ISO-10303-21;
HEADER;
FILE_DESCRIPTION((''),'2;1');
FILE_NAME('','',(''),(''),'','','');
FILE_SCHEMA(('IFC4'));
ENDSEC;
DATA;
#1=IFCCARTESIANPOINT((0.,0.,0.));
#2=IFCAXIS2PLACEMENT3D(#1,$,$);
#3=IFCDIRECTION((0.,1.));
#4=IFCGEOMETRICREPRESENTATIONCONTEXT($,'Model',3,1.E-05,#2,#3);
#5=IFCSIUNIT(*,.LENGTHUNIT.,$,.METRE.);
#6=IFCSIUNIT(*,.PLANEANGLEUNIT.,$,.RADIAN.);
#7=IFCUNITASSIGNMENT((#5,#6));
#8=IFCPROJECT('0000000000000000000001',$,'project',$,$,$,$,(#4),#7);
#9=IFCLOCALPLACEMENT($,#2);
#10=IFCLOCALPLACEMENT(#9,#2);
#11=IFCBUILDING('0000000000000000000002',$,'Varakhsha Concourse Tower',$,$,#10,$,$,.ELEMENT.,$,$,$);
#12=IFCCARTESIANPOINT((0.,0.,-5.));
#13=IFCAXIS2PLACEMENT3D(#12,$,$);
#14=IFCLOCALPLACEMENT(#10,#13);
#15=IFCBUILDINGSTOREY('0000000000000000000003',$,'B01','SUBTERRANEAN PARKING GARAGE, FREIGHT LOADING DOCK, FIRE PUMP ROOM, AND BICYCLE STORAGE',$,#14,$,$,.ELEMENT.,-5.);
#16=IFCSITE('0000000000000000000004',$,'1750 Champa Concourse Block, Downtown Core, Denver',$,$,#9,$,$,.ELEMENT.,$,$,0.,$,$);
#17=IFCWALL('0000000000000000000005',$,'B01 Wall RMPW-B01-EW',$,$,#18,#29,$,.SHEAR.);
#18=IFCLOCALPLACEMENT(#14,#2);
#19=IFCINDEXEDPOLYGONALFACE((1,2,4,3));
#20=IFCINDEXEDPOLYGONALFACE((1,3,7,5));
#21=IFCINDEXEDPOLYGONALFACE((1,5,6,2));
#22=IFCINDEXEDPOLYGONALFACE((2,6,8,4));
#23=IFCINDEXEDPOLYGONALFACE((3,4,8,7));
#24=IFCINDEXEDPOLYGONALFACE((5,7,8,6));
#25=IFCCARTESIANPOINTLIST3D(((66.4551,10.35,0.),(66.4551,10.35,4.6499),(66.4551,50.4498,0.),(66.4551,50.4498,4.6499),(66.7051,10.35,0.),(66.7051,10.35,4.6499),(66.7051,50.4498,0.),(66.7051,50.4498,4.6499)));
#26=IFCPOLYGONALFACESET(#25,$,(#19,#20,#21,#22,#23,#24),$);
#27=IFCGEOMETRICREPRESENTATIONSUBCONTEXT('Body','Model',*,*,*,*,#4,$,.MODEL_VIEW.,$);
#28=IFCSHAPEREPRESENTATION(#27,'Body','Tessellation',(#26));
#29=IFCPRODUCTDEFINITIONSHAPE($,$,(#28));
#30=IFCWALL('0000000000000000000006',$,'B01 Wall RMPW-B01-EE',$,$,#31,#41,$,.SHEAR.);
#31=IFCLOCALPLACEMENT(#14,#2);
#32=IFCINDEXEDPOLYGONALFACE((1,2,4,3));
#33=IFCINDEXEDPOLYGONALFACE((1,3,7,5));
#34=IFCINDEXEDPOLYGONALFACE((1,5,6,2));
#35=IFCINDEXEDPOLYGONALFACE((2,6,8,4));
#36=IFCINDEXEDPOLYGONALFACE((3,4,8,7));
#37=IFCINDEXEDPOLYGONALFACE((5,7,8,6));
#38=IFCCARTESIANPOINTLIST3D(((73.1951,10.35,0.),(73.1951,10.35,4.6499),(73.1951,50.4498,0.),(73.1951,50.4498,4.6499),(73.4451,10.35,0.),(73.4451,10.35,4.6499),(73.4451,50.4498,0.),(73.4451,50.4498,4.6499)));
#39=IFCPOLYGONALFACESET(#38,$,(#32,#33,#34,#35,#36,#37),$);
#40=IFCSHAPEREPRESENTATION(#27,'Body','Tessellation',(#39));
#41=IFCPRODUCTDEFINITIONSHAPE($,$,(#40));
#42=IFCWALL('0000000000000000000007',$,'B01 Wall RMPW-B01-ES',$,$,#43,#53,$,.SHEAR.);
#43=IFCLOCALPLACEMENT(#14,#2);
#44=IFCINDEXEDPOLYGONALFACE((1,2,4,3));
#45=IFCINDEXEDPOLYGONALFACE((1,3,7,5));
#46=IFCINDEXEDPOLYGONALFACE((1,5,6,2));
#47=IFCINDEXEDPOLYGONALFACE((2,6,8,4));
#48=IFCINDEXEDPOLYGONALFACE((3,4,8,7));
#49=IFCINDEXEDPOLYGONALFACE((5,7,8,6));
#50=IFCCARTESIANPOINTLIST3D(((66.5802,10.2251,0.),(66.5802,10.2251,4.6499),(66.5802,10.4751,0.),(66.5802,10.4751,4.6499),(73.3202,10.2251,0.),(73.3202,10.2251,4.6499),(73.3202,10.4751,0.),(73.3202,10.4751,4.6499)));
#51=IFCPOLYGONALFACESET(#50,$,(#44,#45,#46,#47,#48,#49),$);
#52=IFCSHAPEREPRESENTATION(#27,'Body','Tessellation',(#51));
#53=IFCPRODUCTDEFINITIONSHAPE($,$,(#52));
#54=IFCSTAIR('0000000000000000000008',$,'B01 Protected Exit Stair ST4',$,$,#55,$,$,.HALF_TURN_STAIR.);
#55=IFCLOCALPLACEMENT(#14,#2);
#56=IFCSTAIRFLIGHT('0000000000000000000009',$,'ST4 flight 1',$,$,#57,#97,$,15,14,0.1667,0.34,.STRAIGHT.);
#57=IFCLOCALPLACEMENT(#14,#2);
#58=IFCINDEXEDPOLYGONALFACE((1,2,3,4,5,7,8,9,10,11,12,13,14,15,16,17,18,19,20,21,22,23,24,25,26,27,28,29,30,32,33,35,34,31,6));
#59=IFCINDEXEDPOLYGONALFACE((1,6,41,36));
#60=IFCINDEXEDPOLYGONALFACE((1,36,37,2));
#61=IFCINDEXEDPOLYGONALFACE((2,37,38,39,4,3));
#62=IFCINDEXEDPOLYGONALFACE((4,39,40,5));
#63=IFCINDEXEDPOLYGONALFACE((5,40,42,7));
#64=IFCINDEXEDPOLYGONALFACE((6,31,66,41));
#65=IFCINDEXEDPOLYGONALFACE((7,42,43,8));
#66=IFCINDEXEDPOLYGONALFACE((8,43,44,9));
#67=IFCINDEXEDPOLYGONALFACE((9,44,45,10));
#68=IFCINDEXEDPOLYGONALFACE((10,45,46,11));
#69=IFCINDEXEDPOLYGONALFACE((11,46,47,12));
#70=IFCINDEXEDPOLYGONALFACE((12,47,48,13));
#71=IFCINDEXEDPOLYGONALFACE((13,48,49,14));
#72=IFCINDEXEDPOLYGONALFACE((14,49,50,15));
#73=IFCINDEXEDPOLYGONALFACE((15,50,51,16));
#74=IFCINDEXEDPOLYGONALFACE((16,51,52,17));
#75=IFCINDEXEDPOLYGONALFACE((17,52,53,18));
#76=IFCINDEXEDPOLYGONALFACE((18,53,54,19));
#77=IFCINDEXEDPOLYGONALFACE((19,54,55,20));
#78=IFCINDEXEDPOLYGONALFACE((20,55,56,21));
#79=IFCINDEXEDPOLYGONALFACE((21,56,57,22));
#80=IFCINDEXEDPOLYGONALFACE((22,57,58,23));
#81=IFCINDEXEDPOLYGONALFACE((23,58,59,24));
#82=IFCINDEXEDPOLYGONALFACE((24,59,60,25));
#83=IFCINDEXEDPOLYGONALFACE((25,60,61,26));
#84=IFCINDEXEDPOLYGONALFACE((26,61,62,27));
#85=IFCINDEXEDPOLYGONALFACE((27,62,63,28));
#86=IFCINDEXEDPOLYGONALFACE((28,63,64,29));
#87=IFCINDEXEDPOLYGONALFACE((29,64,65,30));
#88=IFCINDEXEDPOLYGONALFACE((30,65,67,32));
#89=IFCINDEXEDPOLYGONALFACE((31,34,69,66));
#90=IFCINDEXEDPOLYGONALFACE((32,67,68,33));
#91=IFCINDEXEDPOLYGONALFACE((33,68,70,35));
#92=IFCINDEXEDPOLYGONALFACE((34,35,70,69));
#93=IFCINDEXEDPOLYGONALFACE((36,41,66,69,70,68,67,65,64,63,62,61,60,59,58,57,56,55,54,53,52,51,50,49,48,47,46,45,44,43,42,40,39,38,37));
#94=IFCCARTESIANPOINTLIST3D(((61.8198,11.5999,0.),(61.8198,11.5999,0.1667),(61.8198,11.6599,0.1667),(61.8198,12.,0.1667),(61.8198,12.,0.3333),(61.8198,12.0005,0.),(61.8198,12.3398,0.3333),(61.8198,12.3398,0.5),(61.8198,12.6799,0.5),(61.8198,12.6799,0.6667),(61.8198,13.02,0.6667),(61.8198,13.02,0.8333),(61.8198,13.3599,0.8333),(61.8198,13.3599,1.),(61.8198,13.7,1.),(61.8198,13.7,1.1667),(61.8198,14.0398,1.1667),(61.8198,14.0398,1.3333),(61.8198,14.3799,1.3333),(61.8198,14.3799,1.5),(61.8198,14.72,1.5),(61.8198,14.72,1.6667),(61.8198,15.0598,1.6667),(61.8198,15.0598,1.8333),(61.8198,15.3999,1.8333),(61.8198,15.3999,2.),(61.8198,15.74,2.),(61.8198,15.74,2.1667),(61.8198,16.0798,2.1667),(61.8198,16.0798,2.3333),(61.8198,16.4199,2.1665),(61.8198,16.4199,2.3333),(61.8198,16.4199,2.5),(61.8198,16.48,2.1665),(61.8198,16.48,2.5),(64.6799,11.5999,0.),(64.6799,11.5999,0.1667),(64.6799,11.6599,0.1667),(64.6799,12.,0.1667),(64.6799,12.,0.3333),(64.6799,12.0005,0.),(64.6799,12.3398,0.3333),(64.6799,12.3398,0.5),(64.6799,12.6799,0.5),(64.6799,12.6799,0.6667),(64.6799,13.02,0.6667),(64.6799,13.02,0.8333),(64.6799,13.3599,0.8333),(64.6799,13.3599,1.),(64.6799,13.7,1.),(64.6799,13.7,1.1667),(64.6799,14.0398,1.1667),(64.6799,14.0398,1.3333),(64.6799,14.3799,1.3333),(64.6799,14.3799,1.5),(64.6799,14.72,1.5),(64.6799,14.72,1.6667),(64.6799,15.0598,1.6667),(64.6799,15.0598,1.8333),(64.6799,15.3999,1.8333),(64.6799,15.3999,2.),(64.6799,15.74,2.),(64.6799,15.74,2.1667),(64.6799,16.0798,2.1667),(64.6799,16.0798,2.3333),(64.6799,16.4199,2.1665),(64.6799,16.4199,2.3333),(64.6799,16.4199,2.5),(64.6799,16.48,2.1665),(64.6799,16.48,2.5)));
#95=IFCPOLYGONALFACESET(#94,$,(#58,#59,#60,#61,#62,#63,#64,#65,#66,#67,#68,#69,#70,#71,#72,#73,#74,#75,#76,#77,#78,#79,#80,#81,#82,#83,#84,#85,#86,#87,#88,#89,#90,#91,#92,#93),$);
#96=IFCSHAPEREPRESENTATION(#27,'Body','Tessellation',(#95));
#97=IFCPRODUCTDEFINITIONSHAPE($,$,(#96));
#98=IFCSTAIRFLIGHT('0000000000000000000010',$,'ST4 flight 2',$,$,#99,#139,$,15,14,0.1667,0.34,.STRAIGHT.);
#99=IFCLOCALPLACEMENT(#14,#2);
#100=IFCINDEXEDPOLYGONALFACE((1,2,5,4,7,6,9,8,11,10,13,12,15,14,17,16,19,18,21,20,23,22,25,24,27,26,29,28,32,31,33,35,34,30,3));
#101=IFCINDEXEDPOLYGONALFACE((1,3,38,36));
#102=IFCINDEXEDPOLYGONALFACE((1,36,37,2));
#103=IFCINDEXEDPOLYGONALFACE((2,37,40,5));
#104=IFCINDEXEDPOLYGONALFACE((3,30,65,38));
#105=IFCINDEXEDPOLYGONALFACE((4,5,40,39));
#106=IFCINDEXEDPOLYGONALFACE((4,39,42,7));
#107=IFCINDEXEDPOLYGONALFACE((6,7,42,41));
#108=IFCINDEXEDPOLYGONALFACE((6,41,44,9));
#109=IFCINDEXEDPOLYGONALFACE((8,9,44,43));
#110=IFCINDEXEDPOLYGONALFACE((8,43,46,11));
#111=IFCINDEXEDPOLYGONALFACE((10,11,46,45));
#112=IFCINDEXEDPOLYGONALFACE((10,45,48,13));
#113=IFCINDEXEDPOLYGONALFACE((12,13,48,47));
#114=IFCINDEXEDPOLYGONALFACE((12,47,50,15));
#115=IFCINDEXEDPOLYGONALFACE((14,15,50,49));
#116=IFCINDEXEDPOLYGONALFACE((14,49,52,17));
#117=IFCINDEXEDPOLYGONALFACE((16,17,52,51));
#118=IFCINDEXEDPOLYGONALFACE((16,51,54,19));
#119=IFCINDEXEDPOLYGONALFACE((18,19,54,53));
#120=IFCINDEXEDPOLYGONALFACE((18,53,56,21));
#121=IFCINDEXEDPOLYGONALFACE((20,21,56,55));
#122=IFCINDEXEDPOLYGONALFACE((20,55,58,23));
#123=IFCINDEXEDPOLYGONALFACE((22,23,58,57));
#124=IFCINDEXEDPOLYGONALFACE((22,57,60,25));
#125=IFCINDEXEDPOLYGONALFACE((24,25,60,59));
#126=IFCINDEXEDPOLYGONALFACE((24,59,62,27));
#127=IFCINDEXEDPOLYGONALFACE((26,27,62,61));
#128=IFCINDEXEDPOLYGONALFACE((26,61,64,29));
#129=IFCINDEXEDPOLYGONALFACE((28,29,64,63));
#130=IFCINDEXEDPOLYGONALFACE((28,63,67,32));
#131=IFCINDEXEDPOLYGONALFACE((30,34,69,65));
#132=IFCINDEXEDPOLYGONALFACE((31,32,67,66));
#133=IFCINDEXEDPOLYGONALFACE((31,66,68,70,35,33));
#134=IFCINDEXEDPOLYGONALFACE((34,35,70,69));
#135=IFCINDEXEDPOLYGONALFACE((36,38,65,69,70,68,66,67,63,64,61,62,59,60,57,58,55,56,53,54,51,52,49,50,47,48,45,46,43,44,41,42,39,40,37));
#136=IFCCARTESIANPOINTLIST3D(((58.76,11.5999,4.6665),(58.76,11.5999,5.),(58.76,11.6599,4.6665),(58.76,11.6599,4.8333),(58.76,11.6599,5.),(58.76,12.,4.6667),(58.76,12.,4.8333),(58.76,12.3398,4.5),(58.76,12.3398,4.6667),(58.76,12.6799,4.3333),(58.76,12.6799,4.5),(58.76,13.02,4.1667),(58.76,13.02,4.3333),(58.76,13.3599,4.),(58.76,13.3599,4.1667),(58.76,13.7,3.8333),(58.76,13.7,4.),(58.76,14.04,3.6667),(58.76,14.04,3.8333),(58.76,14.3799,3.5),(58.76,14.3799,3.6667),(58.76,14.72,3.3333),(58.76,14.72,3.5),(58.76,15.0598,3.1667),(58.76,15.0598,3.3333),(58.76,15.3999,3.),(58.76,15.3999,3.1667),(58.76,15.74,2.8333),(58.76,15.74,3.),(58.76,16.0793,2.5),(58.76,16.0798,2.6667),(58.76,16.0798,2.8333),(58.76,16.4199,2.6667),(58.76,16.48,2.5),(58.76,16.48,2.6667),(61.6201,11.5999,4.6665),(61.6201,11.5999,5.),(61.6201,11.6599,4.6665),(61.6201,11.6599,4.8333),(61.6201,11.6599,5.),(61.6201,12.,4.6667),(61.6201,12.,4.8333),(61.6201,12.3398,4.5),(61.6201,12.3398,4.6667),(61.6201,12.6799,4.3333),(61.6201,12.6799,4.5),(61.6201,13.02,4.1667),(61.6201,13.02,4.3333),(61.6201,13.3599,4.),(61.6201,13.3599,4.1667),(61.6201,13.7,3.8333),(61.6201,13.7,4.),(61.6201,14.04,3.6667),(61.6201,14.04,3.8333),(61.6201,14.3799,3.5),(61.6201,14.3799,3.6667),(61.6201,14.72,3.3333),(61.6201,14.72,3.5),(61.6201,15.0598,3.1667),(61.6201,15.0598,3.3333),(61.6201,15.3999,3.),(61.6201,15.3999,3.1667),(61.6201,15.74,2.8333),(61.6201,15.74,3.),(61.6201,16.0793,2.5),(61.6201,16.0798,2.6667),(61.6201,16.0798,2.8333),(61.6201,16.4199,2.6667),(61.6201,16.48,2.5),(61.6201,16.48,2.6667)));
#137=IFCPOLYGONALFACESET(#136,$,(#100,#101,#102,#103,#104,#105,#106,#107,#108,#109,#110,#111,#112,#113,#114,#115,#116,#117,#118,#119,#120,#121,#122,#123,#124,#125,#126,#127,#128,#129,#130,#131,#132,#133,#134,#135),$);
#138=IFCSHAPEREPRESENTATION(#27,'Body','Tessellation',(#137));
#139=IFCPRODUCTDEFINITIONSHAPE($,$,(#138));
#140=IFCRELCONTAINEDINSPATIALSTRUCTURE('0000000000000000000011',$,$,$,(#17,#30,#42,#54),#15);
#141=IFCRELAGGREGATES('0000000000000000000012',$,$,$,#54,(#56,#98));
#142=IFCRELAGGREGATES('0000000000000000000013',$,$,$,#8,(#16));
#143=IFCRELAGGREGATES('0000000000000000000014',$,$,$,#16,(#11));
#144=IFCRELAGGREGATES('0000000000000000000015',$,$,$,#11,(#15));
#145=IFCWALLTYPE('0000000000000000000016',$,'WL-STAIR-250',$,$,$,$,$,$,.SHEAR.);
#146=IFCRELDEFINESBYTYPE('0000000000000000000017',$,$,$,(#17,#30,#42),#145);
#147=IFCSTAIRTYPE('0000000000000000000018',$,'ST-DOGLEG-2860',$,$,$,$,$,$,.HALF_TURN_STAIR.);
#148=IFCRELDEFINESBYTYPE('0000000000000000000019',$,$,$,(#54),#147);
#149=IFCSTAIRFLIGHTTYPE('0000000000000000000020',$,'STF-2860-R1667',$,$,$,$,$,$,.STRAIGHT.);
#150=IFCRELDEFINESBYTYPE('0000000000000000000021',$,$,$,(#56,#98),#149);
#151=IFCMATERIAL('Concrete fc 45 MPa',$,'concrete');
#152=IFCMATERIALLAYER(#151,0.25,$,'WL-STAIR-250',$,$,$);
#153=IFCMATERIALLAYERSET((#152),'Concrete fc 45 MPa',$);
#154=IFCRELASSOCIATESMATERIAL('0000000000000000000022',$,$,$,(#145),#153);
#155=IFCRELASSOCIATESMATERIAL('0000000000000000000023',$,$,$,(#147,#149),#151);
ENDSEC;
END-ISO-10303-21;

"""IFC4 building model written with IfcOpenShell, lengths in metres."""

from ifc_helpers import new_model, si_unit, direction, frame, frame_2d, origin, place, context, subcontext, project, spatial, polyline, rectangle, outline, extrude, material, layer, layer_set, type_object, element, aggregate, save


model = new_model("IFC4")

# Units and contexts
model_context = context("Model", 3, precision=1e-05, world=origin(), true_north=direction((0.0, 1.0)))
body_context = subcontext(model_context, "Body", "Model", "MODEL_VIEW")
ifc_project = project(units=[si_unit("LENGTHUNIT", "METRE"), si_unit("PLANEANGLEUNIT", "RADIAN")], contexts=[model_context])

# Site, building, storey
site_placement = place(None, origin())
site = spatial("IfcSite", under=ifc_project, at=site_placement, Name="1750 Champa Concourse Block, Downtown Core, Denver", CompositionType="ELEMENT", RefElevation=0.0)
building_placement = place(site_placement, origin())
building = spatial("IfcBuilding", under=site, at=building_placement, Name="Varakhsha Concourse Tower", CompositionType="ELEMENT")
storey_placement = place(building_placement, frame((0.0, 0.0, -5.0)))
storey = spatial("IfcBuildingStorey", under=building, at=storey_placement, Name="B01", Description="SUBTERRANEAN PARKING GARAGE, FREIGHT LOADING DOCK, FIRE PUMP ROOM, AND BICYCLE STORAGE", CompositionType="ELEMENT", Elevation=-5.0)

# Shared definitions
ifc_material_1 = material(Name="Concrete fc 45 MPa", Category="concrete")

# Walls
ifc_layer_1 = layer(ifc_material_1, 0.25, Name="WL-STAIR-250")
ifc_layer_set_1 = layer_set([ifc_layer_1], Name="Concrete fc 45 MPa")
wall_type_1 = type_object("IfcWallType", Name="WL-STAIR-250", PredefinedType="SHEAR", material=ifc_layer_set_1)
for number, where, z_axis, x_axis, name in (
    (1, (66.5801, 10.3501, 0.0), (0.0, 0.0, 1.0), (0.0, 1.0, 0.0), "B01 Wall RMPW-B01-EW"),
    (2, (73.3201, 10.3501, 0.0), (0.0, 0.0, 1.0), (0.0, 1.0, 0.0), "B01 Wall RMPW-B01-EE"),
):
    element("IfcWall", number, at=place(storey_placement, frame(where, z_axis=z_axis, x_axis=x_axis)), inside=storey, type_object=wall_type_1, Name=name, PredefinedType="SHEAR", context=body_context, shape_type="SweptSolid", body=[
        extrude(rectangle(XDim=40.0999, YDim=0.25, at=frame_2d((20.0498, 0.0))), origin(), (0.0, 0.0, 1.0), 4.6499),
    ])
wall_1_placement = place(storey_placement, frame((66.5801, 10.3501, 0.0), z_axis=(0.0, 0.0, 1.0), x_axis=(1.0, 0.0, 0.0)))
element("IfcWall", 3, at=wall_1_placement, inside=storey, type_object=wall_type_1, Name="B01 Wall RMPW-B01-ES", PredefinedType="SHEAR", context=body_context, shape_type="SweptSolid", body=[
    extrude(rectangle(XDim=6.74, YDim=0.25, at=frame_2d((3.3701, 0.0))), origin(), (0.0, 0.0, 1.0), 4.6499),
])

# Stair, stair flights
stair_type = type_object("IfcStairType", Name="ST-DOGLEG-2860", PredefinedType="HALF_TURN_STAIR", material=ifc_material_1)
stair_placement = place(storey_placement, origin())
stair = element("IfcStair", 4, at=stair_placement, inside=storey, type_object=stair_type, Name="B01 Protected Exit Stair ST4", PredefinedType="HALF_TURN_STAIR")
stair_flight_type = type_object("IfcStairFlightType", Name="STF-2860-R1667", PredefinedType="STRAIGHT", material=ifc_material_1)
stair_flight_1_placement = place(storey_placement, frame((63.25, 11.6599, 0.0), z_axis=(0.0, 0.0, 1.0), x_axis=(0.0, 1.0, 0.0)))
stair_flight_1 = element("IfcStairFlight", 5, at=stair_flight_1_placement, type_object=stair_flight_type, Name="ST4 flight 1", NumberOfRisers=15, NumberOfTreads=14, PredefinedType="STRAIGHT", RiserHeight=0.1667, TreadLength=0.34, context=body_context, shape_type="SweptSolid", body=[
    extrude(outline(polyline([(-0.0601, 0.0), (-0.0601, 0.1667), (0.0, 0.1667), (0.3401, 0.1667), (0.3401, 0.3333), (0.6799, 0.3333), (0.6799, 0.5), (1.02, 0.5), (1.02, 0.6667), (1.3601, 0.6667), (1.3601, 0.8333), (1.7, 0.8333), (1.7, 1.0), (2.04, 1.0), (2.04, 1.1667), (2.3799, 1.1667), (2.3799, 1.3333), (2.72, 1.3333), (2.72, 1.5), (3.0601, 1.5), (3.0601, 1.6667), (3.3999, 1.6667), (3.3999, 1.8333), (3.74, 1.8333), (3.74, 2.0), (4.0801, 2.0), (4.0801, 2.1667), (4.4199, 2.1667), (4.4199, 2.3333), (4.76, 2.3333), (4.76, 2.5), (4.8201, 2.5), (4.8201, 2.1665), (4.76, 2.1665), (0.3406, 0.0), (-0.0601, 0.0)])), frame((0.0, 1.4302, 0.0), z_axis=(0.0, -1.0, 0.0), x_axis=(1.0, 0.0, 0.0)), (0.0, 0.0, 1.0), 2.8601),
])
stair_flight_2_placement = place(storey_placement, frame((60.1899, 16.4199, 2.5), z_axis=(0.0, 0.0, 1.0), x_axis=(0.0, -1.0, 0.0)))
stair_flight_2 = element("IfcStairFlight", 6, at=stair_flight_2_placement, type_object=stair_flight_type, Name="ST4 flight 2", NumberOfRisers=15, NumberOfTreads=14, PredefinedType="STRAIGHT", RiserHeight=0.1667, TreadLength=0.34, context=body_context, shape_type="SweptSolid", body=[
    extrude(outline(polyline([(-0.0601, 0.0), (-0.0601, 0.1667), (0.0, 0.1667), (0.3401, 0.1667), (0.3401, 0.3333), (0.6799, 0.3333), (0.6799, 0.5), (1.02, 0.5), (1.02, 0.6667), (1.3601, 0.6667), (1.3601, 0.8333), (1.7, 0.8333), (1.7, 1.0), (2.04, 1.0), (2.04, 1.1667), (2.3799, 1.1667), (2.3799, 1.3333), (2.72, 1.3333), (2.72, 1.5), (3.0601, 1.5), (3.0601, 1.6667), (3.3999, 1.6667), (3.3999, 1.8333), (3.74, 1.8333), (3.74, 2.0), (4.0801, 2.0), (4.0801, 2.1667), (4.4199, 2.1667), (4.4199, 2.3333), (4.76, 2.3333), (4.76, 2.5), (4.8201, 2.5), (4.8201, 2.1665), (4.76, 2.1665), (0.3406, 0.0), (-0.0601, 0.0)])), frame((0.0, 1.4302, 0.0), z_axis=(0.0, -1.0, 0.0), x_axis=(1.0, 0.0, 0.0)), (0.0, 0.0, 1.0), 2.8601),
])
aggregate(stair, [stair_flight_1, stair_flight_2])

save(model, "model.ifc")
